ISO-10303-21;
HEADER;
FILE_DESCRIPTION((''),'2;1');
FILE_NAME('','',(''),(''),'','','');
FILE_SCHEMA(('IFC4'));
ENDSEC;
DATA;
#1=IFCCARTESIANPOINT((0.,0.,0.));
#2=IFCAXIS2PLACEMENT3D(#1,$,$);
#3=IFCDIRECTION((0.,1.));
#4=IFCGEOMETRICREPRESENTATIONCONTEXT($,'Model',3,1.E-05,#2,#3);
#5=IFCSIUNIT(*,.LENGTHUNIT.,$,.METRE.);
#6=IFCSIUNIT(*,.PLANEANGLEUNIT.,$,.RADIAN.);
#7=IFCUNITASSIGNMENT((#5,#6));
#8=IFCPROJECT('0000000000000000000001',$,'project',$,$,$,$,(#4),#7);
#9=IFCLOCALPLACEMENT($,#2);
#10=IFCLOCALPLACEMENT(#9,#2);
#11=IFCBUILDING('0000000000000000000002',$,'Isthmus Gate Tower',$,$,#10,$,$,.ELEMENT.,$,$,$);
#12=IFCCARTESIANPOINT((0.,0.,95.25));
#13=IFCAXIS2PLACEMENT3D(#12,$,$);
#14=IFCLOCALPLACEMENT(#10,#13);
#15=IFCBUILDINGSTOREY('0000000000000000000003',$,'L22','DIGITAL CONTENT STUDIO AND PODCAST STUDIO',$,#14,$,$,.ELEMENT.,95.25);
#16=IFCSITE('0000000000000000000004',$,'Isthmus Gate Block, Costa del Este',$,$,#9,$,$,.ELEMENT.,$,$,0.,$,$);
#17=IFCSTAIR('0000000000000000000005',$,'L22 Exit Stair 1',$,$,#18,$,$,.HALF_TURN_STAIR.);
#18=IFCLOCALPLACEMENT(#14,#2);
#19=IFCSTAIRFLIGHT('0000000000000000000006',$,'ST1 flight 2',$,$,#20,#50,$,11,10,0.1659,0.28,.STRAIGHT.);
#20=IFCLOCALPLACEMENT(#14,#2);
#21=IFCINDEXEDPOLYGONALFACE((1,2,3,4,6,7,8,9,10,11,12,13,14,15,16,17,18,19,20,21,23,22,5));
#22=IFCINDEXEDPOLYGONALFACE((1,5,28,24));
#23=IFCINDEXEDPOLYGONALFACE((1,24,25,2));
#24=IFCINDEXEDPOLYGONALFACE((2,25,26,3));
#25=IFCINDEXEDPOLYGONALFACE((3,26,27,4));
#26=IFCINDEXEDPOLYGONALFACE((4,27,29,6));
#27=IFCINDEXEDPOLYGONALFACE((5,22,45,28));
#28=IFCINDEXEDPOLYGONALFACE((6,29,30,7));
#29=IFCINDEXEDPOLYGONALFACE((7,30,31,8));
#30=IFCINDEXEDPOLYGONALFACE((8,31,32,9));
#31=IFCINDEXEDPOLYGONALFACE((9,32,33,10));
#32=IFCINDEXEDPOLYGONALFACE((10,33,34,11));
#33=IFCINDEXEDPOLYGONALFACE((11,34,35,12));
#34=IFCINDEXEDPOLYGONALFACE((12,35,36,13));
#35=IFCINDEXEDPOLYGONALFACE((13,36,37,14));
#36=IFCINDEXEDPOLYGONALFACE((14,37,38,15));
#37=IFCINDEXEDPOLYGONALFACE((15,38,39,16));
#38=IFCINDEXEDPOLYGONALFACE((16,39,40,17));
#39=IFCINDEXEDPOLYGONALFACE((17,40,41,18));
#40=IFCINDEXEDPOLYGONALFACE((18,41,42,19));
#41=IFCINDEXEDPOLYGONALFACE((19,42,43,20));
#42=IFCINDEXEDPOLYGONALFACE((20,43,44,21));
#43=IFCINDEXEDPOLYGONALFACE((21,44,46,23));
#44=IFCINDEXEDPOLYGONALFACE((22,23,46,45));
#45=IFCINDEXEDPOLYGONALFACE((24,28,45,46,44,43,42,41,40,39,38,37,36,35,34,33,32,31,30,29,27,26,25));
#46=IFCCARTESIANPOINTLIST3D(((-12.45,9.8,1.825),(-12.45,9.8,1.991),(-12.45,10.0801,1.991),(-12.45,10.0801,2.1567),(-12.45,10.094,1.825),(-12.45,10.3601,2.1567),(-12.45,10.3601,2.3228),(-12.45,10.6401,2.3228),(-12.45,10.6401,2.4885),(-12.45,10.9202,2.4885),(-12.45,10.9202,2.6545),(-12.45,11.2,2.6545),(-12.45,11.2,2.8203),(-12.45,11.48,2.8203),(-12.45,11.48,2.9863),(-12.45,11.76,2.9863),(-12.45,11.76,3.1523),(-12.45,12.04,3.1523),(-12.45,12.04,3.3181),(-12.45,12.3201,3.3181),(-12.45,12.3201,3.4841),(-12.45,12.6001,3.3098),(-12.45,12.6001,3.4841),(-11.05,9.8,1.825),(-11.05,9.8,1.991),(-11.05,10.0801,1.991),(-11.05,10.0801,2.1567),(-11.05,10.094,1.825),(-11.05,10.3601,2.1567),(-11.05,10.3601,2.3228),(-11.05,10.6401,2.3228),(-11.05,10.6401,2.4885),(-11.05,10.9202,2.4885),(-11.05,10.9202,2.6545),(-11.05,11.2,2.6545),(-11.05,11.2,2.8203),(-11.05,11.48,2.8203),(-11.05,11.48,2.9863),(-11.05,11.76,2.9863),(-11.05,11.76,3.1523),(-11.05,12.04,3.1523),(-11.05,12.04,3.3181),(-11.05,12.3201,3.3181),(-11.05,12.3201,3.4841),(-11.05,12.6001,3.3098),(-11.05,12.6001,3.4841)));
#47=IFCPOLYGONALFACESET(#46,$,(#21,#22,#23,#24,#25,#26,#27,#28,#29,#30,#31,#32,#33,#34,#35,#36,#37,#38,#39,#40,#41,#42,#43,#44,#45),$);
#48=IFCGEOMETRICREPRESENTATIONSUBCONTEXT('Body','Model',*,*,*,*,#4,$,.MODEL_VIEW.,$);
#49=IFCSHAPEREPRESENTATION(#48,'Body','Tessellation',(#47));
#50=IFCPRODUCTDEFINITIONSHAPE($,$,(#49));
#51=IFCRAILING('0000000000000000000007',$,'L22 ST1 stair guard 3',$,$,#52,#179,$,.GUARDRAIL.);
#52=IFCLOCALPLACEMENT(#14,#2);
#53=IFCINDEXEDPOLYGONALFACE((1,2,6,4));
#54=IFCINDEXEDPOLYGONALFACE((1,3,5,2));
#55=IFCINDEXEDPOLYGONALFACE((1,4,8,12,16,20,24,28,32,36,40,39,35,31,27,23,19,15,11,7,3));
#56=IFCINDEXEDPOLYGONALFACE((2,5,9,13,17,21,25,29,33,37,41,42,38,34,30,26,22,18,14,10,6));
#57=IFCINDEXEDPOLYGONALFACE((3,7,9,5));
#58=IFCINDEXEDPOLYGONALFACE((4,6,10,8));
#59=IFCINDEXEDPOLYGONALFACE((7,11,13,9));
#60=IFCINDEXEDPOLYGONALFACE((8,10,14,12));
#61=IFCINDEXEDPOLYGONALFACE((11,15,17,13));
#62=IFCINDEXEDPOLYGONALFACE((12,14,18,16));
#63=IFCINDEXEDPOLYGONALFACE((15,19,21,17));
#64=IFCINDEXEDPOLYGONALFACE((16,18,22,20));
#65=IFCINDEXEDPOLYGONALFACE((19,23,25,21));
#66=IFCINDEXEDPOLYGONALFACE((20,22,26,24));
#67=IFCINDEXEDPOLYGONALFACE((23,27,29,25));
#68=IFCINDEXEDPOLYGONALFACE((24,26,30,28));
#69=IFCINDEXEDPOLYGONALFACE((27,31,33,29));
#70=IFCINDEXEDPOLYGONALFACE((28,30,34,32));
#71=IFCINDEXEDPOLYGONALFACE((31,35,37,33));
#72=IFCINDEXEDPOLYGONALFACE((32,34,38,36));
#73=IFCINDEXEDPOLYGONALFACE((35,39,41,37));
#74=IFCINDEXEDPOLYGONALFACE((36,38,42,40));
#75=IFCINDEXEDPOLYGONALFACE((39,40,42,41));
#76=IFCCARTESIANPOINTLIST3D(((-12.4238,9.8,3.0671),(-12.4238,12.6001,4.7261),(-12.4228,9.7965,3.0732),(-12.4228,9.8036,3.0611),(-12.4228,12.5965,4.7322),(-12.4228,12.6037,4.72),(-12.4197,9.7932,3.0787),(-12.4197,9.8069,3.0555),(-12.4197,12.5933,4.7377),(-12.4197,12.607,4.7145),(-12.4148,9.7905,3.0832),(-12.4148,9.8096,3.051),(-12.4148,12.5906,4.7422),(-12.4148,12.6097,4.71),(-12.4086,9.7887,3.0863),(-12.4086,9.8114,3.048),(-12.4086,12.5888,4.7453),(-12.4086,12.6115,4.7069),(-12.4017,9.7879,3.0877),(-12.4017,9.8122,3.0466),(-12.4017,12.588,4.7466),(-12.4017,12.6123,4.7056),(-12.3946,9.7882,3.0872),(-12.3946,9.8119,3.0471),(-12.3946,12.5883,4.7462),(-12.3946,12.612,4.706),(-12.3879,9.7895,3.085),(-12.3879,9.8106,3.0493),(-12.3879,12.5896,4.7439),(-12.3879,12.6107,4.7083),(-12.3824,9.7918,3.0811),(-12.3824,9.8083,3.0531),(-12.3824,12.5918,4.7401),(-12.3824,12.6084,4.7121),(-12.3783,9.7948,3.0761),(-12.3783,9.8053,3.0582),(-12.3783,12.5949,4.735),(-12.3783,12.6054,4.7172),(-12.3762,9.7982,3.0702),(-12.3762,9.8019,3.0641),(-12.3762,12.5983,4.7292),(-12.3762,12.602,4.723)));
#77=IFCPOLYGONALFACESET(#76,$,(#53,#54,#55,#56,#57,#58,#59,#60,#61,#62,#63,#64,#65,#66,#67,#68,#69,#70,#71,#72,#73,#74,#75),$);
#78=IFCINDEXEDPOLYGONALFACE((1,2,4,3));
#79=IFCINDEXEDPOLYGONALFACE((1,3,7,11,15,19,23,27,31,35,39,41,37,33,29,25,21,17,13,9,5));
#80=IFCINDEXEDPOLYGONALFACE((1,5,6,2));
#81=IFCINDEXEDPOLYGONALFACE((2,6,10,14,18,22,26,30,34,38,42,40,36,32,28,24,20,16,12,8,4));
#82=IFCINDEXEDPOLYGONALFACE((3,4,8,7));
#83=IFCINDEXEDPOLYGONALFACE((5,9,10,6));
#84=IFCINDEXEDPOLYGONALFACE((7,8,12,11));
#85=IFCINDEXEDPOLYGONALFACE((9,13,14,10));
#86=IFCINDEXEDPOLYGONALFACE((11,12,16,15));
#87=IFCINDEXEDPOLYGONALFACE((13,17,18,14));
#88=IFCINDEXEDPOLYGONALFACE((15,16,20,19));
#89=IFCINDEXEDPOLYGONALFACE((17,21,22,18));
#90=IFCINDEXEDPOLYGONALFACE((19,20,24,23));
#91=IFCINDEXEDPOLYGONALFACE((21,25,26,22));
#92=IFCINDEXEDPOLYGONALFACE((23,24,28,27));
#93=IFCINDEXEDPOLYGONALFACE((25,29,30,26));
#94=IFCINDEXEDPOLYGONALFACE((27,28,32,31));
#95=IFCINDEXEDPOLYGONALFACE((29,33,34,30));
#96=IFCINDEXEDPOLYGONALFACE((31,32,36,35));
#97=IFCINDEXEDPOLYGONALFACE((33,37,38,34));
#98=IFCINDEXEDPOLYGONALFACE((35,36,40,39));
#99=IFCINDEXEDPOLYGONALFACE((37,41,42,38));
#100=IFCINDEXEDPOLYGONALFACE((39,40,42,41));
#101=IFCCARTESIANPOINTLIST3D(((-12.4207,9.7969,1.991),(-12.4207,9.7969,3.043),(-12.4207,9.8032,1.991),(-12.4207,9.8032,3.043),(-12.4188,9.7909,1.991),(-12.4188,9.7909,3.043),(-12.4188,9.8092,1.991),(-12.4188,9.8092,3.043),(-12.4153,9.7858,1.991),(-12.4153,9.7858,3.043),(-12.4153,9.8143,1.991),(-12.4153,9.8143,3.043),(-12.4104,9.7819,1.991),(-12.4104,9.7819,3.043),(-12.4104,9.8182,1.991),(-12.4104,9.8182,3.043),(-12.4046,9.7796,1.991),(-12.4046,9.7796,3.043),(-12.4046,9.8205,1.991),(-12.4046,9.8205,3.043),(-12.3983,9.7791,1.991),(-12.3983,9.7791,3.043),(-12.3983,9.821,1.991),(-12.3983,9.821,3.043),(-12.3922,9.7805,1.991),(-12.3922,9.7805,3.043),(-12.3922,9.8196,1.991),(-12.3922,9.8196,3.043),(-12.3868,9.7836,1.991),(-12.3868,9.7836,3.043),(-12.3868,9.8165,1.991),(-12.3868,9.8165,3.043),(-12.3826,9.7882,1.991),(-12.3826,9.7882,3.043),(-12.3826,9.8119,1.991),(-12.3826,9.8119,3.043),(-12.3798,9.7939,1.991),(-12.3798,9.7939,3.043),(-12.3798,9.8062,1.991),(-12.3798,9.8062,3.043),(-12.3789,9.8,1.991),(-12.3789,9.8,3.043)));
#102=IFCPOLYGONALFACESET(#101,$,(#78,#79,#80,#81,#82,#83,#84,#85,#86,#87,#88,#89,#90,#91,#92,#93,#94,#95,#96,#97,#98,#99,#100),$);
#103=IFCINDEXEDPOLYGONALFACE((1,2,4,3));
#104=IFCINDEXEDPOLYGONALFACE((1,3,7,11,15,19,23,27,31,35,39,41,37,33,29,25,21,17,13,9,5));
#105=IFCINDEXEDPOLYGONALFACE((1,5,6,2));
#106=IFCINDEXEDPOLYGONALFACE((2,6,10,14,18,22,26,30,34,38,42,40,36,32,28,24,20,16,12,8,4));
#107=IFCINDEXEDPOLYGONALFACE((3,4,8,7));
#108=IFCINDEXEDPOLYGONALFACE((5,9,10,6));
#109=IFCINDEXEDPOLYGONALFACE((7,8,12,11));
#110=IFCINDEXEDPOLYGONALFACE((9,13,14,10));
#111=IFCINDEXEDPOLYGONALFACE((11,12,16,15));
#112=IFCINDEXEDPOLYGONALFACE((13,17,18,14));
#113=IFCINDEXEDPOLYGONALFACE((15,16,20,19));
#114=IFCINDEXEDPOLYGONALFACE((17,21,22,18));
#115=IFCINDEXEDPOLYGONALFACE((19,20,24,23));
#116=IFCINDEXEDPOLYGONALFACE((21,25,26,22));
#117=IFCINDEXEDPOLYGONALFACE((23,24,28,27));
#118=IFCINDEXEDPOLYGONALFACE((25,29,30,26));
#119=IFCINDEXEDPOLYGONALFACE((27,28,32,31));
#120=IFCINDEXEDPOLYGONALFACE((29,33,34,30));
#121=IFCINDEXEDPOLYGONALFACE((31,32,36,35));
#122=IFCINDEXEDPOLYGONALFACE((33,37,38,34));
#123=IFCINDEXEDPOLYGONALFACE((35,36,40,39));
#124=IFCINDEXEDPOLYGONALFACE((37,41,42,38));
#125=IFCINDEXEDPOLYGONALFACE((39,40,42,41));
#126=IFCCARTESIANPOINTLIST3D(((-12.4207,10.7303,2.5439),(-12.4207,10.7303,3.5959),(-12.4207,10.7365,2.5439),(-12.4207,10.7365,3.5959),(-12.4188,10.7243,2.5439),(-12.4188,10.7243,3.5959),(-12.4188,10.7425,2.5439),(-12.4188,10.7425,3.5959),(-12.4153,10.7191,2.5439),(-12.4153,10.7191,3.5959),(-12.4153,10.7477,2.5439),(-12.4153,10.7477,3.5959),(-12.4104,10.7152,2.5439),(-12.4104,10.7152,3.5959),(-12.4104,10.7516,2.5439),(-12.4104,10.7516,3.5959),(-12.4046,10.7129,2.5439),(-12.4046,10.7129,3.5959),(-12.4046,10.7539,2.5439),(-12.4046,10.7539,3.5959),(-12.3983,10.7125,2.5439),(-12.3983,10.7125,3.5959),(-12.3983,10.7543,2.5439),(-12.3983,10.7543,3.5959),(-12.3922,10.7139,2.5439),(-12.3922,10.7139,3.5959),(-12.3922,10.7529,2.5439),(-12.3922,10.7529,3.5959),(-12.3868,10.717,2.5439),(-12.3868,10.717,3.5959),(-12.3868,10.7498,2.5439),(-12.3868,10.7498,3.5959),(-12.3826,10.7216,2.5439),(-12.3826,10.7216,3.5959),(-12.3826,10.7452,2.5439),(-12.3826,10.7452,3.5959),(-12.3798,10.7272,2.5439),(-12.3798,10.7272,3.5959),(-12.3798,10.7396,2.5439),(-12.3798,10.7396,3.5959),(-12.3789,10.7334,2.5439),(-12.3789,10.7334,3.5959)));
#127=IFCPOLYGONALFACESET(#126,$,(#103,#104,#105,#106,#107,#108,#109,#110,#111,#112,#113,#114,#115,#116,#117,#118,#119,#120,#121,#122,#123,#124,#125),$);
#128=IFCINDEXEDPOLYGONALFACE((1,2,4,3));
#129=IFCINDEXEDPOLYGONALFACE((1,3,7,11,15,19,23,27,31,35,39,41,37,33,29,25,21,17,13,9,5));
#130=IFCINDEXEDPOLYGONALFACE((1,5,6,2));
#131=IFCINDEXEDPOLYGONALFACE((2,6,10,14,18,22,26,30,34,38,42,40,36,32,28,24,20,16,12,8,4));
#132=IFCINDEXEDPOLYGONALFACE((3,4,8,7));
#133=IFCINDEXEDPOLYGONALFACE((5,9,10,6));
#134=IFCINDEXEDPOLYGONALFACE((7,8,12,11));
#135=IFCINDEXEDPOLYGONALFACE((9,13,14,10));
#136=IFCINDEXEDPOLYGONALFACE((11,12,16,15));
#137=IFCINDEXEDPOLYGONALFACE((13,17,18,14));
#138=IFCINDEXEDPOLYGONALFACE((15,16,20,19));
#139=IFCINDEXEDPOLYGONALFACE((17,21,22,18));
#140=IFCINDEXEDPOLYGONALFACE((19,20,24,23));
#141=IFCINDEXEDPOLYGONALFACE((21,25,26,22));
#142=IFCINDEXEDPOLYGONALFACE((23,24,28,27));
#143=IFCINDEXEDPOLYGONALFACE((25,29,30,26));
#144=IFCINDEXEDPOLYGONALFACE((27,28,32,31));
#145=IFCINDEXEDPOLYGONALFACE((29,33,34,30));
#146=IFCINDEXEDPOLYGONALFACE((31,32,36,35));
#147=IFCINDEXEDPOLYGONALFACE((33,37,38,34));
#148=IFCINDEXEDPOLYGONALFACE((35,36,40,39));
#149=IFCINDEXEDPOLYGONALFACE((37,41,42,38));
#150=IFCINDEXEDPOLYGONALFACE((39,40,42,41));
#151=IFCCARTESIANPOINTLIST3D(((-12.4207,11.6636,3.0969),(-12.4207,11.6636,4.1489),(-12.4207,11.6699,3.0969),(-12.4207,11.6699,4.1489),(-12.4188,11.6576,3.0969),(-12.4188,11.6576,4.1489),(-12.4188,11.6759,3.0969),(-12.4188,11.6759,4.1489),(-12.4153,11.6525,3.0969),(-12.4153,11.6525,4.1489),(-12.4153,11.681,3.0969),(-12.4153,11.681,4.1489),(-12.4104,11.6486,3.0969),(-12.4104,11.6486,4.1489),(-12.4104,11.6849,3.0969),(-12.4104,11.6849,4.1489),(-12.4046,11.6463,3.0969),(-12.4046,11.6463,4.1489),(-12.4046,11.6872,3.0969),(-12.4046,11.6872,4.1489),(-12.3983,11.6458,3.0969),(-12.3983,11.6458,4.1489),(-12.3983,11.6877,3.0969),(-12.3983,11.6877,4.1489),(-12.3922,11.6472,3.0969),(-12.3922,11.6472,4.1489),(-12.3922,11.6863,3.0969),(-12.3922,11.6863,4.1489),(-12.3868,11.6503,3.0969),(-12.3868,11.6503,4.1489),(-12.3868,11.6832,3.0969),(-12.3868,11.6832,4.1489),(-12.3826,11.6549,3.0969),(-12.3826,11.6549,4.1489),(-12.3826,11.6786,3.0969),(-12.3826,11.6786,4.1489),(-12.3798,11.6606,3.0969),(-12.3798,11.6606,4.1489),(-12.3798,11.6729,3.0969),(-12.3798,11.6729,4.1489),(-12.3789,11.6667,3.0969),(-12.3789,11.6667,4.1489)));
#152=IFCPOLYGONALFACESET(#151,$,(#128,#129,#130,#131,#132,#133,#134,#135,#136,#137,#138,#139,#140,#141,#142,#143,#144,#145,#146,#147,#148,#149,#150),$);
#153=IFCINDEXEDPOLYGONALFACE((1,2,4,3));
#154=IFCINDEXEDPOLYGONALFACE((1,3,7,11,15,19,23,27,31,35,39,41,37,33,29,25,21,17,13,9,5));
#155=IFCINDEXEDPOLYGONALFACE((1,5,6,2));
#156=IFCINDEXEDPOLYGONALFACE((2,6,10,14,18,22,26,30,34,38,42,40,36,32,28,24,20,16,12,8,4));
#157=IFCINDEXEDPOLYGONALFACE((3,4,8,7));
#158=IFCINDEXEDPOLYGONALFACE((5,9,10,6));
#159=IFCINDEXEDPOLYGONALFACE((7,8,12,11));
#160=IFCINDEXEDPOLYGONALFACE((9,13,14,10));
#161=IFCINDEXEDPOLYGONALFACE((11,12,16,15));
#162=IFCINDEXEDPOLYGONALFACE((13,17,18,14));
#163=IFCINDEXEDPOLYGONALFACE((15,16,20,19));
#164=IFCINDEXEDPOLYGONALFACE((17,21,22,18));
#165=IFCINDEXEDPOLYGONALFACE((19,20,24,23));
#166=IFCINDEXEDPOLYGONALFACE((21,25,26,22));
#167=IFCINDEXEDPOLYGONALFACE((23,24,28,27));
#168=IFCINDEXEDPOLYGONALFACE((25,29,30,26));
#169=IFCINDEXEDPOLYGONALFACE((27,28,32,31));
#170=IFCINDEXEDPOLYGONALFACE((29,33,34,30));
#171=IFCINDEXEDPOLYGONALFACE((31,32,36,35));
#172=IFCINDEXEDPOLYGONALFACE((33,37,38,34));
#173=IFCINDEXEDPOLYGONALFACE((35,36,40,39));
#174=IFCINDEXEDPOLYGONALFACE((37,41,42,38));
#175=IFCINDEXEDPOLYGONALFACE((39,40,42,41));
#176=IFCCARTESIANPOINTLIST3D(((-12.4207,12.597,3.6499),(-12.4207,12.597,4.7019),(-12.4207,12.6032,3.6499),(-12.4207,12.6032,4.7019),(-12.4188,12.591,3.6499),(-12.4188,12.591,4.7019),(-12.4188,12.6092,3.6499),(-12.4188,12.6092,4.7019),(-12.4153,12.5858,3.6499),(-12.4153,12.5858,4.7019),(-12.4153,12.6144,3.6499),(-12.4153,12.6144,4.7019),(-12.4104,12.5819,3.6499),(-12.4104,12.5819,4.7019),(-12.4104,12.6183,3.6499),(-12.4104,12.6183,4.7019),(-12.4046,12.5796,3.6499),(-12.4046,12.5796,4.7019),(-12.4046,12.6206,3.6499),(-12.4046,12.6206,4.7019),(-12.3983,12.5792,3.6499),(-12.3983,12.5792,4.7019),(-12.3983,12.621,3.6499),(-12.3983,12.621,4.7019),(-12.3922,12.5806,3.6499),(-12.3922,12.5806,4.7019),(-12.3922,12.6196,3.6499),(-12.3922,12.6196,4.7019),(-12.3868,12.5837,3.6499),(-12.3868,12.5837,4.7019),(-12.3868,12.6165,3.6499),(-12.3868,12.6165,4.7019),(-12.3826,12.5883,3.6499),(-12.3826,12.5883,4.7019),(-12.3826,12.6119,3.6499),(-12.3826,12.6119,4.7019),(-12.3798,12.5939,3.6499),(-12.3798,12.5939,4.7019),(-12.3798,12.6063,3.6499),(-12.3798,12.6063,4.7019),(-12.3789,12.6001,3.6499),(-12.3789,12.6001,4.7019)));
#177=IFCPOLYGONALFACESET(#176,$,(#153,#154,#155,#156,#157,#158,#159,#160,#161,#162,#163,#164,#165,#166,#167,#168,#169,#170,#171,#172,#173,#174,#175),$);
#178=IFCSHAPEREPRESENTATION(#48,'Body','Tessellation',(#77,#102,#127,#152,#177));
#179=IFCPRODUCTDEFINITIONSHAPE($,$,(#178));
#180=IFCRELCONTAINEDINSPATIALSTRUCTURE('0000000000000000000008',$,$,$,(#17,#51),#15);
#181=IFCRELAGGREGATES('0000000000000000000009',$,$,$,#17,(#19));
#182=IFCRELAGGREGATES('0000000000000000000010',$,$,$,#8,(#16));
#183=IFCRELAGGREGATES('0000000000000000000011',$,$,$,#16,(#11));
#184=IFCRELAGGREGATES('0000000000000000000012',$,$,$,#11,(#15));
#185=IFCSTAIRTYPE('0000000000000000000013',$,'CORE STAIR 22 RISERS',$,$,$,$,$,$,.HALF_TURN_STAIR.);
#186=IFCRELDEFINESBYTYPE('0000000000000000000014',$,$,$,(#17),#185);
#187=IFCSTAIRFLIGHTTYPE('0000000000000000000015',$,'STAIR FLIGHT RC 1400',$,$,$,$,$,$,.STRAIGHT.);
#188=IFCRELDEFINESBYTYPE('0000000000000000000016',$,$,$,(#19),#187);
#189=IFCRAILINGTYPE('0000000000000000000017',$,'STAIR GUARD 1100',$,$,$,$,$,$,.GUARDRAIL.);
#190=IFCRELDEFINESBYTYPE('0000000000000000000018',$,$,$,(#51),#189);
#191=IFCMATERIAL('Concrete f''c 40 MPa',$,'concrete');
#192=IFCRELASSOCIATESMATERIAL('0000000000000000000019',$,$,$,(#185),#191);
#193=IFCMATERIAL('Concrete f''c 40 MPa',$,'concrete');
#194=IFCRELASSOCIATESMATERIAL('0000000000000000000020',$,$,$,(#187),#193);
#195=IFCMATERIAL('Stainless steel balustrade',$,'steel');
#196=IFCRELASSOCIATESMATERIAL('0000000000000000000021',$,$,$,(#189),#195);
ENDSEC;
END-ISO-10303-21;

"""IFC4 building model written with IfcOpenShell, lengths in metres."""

from ifc_helpers import new_model, si_unit, direction, frame, origin, origin_2d, place, context, subcontext, project, spatial, polyline, circle, outline, extrude, material, type_object, element, aggregate, save


model = new_model("IFC4")

# Units and contexts
model_context = context("Model", 3, precision=1e-05, world=origin(), true_north=direction((0.0, 1.0)))
body_context = subcontext(model_context, "Body", "Model", "MODEL_VIEW")
ifc_project = project(units=[si_unit("LENGTHUNIT", "METRE"), si_unit("PLANEANGLEUNIT", "RADIAN")], contexts=[model_context])

# Site, building, storey
site_placement = place(None, origin())
site = spatial("IfcSite", under=ifc_project, at=site_placement, Name="Isthmus Gate Block, Costa del Este", CompositionType="ELEMENT", RefElevation=0.0)
building_placement = place(site_placement, origin())
building = spatial("IfcBuilding", under=site, at=building_placement, Name="Isthmus Gate Tower", CompositionType="ELEMENT")
storey_placement = place(building_placement, frame((0.0, 0.0, 95.25)))
storey = spatial("IfcBuildingStorey", under=building, at=storey_placement, Name="L22", Description="DIGITAL CONTENT STUDIO AND PODCAST STUDIO", CompositionType="ELEMENT", Elevation=95.25)

# Stair, stair flight
ifc_material_1 = material(Name="Concrete f'c 40 MPa", Category="concrete")
stair_type = type_object("IfcStairType", Name="CORE STAIR 22 RISERS", PredefinedType="HALF_TURN_STAIR", material=ifc_material_1)
stair_placement = place(storey_placement, origin())
stair = element("IfcStair", 1, at=stair_placement, inside=storey, type_object=stair_type, Name="L22 Exit Stair 1", PredefinedType="HALF_TURN_STAIR")
ifc_material_2 = material(Name="Concrete f'c 40 MPa", Category="concrete")
stair_flight_type = type_object("IfcStairFlightType", Name="STAIR FLIGHT RC 1400", PredefinedType="STRAIGHT", material=ifc_material_2)
stair_flight_placement = place(storey_placement, frame((-11.75, 9.8, 1.825), z_axis=(0.0, 0.0, 1.0), x_axis=(0.0, 1.0, 0.0)))
stair_flight = element("IfcStairFlight", 2, at=stair_flight_placement, type_object=stair_flight_type, Name="ST1 flight 2", NumberOfRisers=11, NumberOfTreads=10, PredefinedType="STRAIGHT", RiserHeight=0.1659, TreadLength=0.28, context=body_context, shape_type="SweptSolid", body=[
    extrude(outline(polyline([(0.0, 0.0), (0.0, 0.166), (0.28, 0.166), (0.28, 0.3318), (0.5601, 0.3318), (0.5601, 0.4978), (0.8401, 0.4978), (0.8401, 0.6636), (1.1201, 0.6636), (1.1201, 0.8296), (1.3999, 0.8296), (1.3999, 0.9954), (1.6799, 0.9954), (1.6799, 1.1614), (1.96, 1.1614), (1.96, 1.3274), (2.24, 1.3274), (2.24, 1.4932), (2.52, 1.4932), (2.52, 1.6592), (2.8, 1.6592), (2.8, 1.825), (2.8, 1.4849), (0.2939, 0.0), (0.0, 0.0)])), frame((0.0, 0.7, 0.0), z_axis=(0.0, -1.0, 0.0), x_axis=(1.0, 0.0, 0.0)), (0.0, 0.0, 1.0), 1.3999),
])
aggregate(stair, [stair_flight])

# Railing
ifc_material_3 = material(Name="Stainless steel balustrade", Category="steel")
railing_type_1 = type_object("IfcRailingType", Name="STAIR GUARD 1100", PredefinedType="GUARDRAIL", material=ifc_material_3)
railing_1_placement = place(storey_placement, frame((-12.3999, 9.8, 1.991)))
element("IfcRailing", 3, at=railing_1_placement, inside=storey, type_object=railing_type_1, Name="L22 ST1 stair guard 3", PredefinedType="GUARDRAIL", context=body_context, shape_type="SweptSolid", body=[
    extrude(circle(Radius=0.0239, at=origin_2d()), frame((0.0, 0.0, 1.0762), z_axis=(0.0, 0.860339, 0.509722), x_axis=(-1.0, 0.0, 0.0)), (0.0, 0.0, 1.0), 3.2546),
    extrude(circle(Radius=0.021, at=origin_2d()), origin(), (0.0, 0.0, 1.0), 1.052),
    extrude(circle(Radius=0.021, at=origin_2d()), frame((0.0, 0.9333, 0.553)), (0.0, 0.0, 1.0), 1.052),
    extrude(circle(Radius=0.021, at=origin_2d()), frame((0.0, 1.8667, 1.106)), (0.0, 0.0, 1.0), 1.052),
    extrude(circle(Radius=0.021, at=origin_2d()), frame((0.0, 2.8, 1.6589)), (0.0, 0.0, 1.0), 1.052),
])

save(model, "model.ifc")
